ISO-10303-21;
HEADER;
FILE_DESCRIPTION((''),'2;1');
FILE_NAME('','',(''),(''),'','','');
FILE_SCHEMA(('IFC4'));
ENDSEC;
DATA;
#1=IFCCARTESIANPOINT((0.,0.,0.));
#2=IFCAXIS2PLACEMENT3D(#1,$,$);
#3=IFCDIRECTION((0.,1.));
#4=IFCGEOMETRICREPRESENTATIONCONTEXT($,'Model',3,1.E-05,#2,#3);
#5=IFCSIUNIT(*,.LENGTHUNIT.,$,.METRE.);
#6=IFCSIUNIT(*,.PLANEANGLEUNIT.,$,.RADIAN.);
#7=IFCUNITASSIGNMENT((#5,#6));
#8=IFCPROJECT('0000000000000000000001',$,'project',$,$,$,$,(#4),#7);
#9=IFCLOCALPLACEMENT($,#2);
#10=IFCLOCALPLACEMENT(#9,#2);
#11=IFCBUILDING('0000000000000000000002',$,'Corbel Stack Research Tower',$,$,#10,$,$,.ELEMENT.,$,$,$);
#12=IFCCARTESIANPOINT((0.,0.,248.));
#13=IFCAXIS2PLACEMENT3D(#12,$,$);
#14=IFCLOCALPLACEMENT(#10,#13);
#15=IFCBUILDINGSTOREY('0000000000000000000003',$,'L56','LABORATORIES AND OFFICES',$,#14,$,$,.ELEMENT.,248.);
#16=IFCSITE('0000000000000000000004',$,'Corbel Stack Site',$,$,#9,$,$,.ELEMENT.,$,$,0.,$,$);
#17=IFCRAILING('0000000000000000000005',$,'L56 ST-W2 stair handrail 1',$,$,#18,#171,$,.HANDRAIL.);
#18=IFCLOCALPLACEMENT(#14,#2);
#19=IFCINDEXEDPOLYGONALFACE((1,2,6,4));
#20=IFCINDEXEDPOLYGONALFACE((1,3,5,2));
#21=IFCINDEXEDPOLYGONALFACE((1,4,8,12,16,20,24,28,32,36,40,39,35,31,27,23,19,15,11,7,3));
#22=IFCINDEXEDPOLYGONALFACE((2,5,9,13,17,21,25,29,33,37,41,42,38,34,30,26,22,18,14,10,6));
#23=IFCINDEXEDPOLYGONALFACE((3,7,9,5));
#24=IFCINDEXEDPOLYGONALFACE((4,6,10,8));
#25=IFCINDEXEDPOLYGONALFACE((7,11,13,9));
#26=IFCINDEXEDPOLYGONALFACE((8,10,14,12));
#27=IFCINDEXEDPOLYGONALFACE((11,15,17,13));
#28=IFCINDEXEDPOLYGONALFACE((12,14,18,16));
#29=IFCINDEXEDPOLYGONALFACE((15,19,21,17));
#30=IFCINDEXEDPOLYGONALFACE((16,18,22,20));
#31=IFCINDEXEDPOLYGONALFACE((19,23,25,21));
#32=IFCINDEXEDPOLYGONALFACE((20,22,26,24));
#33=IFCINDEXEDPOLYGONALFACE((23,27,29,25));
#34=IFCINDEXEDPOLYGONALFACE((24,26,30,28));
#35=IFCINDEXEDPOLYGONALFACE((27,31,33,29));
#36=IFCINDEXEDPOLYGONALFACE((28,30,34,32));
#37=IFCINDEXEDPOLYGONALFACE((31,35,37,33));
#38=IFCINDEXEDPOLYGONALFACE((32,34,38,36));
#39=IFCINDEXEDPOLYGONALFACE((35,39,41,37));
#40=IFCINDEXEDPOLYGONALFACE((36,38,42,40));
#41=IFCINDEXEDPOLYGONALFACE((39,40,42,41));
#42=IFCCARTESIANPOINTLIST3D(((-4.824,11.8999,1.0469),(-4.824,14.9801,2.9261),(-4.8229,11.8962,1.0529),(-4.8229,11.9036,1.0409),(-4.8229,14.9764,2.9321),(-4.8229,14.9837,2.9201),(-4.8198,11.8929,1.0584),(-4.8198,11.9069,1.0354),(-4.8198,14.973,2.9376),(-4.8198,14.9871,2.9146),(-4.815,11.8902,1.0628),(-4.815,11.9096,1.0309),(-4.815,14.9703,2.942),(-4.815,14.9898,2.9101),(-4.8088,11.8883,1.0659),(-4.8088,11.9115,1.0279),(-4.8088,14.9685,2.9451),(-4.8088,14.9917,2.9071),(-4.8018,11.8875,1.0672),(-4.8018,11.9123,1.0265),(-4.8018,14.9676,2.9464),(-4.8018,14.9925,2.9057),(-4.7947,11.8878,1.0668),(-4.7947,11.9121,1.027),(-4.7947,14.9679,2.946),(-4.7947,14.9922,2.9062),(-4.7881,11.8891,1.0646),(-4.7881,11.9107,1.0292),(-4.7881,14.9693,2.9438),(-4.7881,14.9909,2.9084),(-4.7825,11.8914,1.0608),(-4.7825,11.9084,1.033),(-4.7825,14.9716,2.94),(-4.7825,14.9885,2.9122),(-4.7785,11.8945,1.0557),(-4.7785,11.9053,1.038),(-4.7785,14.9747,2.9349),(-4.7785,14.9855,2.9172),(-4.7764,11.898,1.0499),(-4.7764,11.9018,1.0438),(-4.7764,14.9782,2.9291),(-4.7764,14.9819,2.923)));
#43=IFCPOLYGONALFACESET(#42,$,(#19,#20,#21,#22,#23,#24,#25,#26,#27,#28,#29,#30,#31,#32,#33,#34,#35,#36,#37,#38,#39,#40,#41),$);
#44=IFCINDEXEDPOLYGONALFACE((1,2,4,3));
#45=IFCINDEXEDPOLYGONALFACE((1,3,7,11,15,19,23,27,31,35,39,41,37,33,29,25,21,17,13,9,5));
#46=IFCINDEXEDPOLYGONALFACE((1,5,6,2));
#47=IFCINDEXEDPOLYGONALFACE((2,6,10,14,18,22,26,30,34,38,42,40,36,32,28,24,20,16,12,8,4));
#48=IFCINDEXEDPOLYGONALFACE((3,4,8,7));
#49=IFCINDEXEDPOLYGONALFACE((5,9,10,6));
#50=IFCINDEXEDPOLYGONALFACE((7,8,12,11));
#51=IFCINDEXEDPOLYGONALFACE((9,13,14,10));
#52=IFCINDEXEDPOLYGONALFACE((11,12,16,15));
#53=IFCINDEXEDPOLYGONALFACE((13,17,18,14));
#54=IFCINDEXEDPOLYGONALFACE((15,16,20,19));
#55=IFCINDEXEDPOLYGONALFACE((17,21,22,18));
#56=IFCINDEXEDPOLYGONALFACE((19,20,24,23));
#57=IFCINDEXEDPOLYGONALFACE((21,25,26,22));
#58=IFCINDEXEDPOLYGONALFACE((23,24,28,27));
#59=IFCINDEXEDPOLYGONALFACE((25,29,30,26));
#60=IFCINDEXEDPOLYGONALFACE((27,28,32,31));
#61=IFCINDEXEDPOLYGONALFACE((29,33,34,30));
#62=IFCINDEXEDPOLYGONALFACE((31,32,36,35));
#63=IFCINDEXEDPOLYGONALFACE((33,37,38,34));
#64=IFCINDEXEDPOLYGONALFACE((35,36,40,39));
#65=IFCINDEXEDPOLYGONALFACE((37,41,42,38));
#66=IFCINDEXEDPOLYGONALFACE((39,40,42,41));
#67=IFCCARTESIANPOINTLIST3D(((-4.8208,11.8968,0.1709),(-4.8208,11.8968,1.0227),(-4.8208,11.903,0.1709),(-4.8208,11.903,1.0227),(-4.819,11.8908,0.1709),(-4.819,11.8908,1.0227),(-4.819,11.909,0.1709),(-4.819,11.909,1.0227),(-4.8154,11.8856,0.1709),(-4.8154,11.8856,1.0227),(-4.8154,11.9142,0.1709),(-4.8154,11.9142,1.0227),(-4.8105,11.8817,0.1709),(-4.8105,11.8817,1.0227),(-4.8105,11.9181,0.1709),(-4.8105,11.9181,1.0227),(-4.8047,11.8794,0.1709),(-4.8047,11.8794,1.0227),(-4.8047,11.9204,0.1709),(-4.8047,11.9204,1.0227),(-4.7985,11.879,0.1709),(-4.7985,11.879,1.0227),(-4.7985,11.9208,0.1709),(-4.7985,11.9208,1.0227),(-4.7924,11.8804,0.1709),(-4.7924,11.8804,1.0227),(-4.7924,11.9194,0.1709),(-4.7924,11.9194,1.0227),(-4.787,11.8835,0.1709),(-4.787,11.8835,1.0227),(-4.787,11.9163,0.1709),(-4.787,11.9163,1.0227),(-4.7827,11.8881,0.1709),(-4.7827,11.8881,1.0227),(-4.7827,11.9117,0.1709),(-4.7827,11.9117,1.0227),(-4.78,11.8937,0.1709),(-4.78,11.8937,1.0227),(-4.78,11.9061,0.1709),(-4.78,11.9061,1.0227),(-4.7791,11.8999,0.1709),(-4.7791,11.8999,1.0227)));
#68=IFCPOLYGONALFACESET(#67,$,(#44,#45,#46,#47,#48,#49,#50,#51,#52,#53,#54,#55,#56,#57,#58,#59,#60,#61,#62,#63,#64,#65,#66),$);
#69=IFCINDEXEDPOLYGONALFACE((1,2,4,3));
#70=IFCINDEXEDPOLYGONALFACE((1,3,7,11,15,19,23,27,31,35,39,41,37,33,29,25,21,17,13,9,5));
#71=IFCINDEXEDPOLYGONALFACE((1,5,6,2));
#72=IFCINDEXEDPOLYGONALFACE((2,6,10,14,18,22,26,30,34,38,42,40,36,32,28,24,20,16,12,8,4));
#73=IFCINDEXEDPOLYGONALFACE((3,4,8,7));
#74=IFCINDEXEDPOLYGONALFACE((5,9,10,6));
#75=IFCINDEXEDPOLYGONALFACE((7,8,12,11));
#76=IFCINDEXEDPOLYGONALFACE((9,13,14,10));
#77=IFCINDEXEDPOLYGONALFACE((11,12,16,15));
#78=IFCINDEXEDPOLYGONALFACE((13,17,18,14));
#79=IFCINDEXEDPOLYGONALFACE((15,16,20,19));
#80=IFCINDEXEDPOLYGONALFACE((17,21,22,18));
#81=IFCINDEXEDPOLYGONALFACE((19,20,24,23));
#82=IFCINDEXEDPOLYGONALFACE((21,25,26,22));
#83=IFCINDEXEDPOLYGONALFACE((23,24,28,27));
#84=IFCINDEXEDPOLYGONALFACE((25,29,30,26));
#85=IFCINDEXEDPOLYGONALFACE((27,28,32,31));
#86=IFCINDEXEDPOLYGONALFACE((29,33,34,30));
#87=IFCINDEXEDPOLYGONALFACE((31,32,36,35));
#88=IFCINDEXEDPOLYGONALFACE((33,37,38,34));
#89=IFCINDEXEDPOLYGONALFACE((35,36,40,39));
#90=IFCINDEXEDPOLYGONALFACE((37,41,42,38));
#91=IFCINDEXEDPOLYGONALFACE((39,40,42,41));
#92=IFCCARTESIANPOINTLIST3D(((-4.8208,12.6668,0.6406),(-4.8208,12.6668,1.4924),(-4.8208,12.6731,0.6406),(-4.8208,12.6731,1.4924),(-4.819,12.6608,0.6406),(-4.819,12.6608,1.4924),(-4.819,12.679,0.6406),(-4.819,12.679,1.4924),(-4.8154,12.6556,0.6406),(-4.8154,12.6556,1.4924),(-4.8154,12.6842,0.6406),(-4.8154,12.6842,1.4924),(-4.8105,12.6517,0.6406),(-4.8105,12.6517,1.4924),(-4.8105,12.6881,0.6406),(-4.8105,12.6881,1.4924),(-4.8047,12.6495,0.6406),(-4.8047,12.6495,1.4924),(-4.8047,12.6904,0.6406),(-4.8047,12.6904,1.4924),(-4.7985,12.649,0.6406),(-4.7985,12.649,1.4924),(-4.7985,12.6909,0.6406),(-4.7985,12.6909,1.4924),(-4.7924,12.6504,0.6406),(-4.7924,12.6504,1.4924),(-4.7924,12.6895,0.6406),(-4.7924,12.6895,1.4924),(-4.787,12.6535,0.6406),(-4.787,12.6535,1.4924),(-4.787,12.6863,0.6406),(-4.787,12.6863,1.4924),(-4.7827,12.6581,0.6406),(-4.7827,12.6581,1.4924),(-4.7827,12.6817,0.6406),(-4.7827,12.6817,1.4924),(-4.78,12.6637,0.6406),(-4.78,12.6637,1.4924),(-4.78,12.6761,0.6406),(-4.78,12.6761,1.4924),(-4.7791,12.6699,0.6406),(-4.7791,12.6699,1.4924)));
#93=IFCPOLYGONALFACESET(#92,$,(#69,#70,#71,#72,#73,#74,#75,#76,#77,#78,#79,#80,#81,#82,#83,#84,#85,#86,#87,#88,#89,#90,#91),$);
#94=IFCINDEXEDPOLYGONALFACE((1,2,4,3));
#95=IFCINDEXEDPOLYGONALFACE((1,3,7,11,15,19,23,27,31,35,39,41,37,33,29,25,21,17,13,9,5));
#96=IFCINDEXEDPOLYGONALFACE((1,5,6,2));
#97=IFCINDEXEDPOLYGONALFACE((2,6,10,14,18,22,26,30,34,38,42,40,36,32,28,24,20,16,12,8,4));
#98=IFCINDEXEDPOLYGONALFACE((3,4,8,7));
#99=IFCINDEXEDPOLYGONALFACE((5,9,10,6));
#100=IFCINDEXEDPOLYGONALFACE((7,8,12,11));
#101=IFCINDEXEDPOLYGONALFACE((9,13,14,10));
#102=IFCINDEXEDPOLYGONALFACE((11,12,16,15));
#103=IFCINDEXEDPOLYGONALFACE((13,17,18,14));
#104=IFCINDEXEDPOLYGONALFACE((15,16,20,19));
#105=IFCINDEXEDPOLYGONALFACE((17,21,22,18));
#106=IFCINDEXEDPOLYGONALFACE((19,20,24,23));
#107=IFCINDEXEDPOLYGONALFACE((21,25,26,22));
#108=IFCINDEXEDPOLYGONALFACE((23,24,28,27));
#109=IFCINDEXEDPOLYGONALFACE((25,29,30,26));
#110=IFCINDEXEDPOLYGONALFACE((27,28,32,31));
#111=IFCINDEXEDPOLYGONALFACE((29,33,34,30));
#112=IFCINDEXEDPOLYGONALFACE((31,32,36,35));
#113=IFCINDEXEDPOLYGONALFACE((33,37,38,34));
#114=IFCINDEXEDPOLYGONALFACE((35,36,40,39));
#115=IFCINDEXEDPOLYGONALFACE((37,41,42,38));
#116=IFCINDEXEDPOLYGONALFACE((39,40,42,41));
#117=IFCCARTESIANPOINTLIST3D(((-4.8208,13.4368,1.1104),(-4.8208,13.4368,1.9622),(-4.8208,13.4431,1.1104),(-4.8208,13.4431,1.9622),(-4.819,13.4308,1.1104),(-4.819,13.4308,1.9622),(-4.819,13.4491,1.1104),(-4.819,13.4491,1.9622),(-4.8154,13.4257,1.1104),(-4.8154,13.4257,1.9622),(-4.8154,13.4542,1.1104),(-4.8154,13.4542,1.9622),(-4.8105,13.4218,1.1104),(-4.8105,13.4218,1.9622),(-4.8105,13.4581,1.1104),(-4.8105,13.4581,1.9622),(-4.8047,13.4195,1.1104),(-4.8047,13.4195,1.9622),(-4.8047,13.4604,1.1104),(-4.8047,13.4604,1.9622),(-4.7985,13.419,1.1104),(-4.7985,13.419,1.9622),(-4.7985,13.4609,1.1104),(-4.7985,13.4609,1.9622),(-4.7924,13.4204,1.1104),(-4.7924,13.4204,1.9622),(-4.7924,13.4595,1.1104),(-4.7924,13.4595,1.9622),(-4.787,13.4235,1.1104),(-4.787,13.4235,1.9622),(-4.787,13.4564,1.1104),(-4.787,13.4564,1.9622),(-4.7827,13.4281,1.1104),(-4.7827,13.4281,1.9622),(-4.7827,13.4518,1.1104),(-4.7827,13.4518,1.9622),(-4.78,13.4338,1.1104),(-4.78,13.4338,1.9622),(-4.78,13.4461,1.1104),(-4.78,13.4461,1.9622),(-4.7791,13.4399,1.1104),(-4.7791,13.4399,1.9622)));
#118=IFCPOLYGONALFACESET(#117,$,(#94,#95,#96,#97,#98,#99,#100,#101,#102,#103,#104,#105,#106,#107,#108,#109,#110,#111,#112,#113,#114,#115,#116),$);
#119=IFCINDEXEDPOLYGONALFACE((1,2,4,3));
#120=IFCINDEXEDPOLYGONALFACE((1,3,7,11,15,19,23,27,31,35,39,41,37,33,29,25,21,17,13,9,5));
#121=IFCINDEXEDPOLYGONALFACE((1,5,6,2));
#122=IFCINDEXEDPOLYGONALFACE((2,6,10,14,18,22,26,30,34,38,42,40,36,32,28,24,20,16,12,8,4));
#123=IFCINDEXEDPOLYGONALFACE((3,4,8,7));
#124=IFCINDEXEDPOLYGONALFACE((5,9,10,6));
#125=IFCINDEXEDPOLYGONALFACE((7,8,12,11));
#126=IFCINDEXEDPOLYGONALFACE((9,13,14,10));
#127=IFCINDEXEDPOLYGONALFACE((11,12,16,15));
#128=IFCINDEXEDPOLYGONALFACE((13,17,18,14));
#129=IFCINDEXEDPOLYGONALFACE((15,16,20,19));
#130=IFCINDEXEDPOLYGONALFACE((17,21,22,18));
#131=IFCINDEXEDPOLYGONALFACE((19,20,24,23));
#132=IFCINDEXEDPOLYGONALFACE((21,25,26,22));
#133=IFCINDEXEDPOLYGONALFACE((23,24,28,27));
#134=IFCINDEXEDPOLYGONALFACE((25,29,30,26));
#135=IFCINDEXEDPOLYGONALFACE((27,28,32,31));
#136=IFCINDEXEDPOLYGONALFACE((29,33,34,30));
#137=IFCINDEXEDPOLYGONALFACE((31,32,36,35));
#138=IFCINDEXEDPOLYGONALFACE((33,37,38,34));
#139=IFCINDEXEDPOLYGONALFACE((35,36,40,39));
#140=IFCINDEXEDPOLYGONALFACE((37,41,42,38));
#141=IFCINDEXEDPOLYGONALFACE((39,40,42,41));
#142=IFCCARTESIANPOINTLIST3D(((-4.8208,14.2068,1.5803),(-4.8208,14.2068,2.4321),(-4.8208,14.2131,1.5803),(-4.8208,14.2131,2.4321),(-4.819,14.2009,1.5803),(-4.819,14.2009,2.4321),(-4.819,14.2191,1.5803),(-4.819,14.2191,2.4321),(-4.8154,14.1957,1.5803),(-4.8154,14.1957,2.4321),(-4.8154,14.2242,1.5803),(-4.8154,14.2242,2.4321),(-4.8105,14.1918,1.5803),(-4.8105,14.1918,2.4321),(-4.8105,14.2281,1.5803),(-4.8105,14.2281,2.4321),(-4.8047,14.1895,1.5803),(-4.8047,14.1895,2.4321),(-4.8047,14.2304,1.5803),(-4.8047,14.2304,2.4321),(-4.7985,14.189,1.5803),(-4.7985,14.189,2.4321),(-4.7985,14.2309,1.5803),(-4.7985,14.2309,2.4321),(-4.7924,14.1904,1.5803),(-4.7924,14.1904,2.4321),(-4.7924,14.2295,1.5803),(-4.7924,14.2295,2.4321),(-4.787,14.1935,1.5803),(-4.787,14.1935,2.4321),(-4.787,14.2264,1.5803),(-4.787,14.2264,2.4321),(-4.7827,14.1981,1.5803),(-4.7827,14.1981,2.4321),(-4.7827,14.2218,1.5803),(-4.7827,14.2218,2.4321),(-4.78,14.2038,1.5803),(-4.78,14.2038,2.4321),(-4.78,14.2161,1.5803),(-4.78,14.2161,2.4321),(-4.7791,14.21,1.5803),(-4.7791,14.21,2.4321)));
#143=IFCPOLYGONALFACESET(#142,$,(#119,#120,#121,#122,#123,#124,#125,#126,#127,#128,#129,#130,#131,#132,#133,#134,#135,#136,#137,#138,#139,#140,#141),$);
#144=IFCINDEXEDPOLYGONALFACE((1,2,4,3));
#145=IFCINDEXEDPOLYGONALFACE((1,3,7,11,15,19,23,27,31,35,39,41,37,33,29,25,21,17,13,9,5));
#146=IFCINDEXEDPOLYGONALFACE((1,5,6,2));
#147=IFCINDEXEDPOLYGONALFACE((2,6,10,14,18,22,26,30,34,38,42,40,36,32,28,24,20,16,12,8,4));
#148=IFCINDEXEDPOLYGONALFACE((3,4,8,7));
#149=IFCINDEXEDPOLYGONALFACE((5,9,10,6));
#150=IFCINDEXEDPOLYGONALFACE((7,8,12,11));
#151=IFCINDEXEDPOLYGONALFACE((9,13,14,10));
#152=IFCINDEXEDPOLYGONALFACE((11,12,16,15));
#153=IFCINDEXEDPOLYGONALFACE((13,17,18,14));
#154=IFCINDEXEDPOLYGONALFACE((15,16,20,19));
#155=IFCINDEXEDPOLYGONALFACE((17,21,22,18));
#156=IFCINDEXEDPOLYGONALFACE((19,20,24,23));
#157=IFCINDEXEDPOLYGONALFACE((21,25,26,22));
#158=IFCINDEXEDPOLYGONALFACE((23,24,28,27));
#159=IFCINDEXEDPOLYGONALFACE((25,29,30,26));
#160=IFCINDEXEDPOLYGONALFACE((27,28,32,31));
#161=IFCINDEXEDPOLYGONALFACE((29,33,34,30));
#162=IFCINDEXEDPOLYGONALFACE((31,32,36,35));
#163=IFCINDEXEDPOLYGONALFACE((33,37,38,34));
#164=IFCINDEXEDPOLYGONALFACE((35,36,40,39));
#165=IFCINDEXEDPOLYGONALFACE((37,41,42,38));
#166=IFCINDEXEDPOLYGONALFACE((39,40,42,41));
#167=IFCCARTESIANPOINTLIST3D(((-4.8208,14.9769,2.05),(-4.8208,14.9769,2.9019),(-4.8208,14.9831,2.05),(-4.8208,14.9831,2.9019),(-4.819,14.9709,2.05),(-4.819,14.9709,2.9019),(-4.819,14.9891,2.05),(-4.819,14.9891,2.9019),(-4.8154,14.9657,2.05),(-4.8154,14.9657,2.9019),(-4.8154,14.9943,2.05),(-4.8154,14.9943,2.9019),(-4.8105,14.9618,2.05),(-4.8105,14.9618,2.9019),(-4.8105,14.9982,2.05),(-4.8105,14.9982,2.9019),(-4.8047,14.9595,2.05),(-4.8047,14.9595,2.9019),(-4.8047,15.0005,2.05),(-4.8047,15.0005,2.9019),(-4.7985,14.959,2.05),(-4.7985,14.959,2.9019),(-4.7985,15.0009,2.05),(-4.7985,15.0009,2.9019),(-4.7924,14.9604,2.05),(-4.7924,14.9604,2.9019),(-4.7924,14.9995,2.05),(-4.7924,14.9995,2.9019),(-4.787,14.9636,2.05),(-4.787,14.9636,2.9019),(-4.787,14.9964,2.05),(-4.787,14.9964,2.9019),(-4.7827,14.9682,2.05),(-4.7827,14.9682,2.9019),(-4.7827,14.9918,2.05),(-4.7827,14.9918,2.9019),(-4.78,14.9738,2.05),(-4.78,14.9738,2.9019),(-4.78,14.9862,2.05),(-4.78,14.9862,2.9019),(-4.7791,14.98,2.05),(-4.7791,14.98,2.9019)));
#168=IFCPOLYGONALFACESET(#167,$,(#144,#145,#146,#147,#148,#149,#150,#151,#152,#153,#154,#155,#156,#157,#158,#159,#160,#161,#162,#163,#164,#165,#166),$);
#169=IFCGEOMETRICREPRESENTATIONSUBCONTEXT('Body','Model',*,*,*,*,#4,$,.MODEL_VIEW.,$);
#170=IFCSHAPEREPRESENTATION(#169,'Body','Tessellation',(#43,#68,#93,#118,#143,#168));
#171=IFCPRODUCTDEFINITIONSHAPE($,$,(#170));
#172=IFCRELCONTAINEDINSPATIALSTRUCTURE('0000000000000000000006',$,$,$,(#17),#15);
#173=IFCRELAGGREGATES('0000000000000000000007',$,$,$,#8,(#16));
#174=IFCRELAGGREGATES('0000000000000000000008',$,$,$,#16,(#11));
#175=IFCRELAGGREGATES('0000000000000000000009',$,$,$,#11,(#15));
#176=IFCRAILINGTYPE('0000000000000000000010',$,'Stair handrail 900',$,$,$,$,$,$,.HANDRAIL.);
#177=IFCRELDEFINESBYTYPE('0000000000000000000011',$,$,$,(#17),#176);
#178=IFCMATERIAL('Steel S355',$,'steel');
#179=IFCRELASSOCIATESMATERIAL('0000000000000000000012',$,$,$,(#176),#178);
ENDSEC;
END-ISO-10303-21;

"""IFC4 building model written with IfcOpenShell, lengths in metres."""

from ifc_helpers import new_model, si_unit, direction, frame, origin, origin_2d, place, context, subcontext, project, spatial, circle, extrude, material, type_object, element, save


model = new_model("IFC4")

# Units and contexts
model_context = context("Model", 3, precision=1e-05, world=origin(), true_north=direction((0.0, 1.0)))
body_context = subcontext(model_context, "Body", "Model", "MODEL_VIEW")
ifc_project = project(units=[si_unit("LENGTHUNIT", "METRE"), si_unit("PLANEANGLEUNIT", "RADIAN")], contexts=[model_context])

# Site, building, storey
site_placement = place(None, origin())
site = spatial("IfcSite", under=ifc_project, at=site_placement, Name="Corbel Stack Site", CompositionType="ELEMENT", RefElevation=0.0)
building_placement = place(site_placement, origin())
building = spatial("IfcBuilding", under=site, at=building_placement, Name="Corbel Stack Research Tower", CompositionType="ELEMENT")
storey_placement = place(building_placement, frame((0.0, 0.0, 248.0)))
storey = spatial("IfcBuildingStorey", under=building, at=storey_placement, Name="L56", Description="LABORATORIES AND OFFICES", CompositionType="ELEMENT", Elevation=248.0)

# Railing
ifc_material_1 = material(Name="Steel S355", Category="steel")
railing_type_1 = type_object("IfcRailingType", Name="Stair handrail 900", PredefinedType="HANDRAIL", material=ifc_material_1)
railing_1_placement = place(storey_placement, frame((-4.8, 11.8999, 0.1709)))
element("IfcRailing", 1, at=railing_1_placement, inside=storey, type_object=railing_type_1, Name="L56 ST-W2 stair handrail 1", PredefinedType="HANDRAIL", context=body_context, shape_type="SweptSolid", body=[
    extrude(circle(Radius=0.0239, at=origin_2d()), frame((0.0, 0.0, 0.876), z_axis=(0.0, 0.853666, 0.52082), x_axis=(-1.0, 0.0, 0.0)), (0.0, 0.0, 1.0), 3.6082),
    extrude(circle(Radius=0.021, at=origin_2d()), origin(), (0.0, 0.0, 1.0), 0.8518),
    extrude(circle(Radius=0.021, at=origin_2d()), frame((0.0, 0.77, 0.4697)), (0.0, 0.0, 1.0), 0.8518),
    extrude(circle(Radius=0.021, at=origin_2d()), frame((0.0, 1.54, 0.9395)), (0.0, 0.0, 1.0), 0.8518),
    extrude(circle(Radius=0.021, at=origin_2d()), frame((0.0, 2.3101, 1.4094)), (0.0, 0.0, 1.0), 0.8518),
    extrude(circle(Radius=0.021, at=origin_2d()), frame((0.0, 3.0801, 1.8792)), (0.0, 0.0, 1.0), 0.8518),
])

save(model, "model.ifc")
